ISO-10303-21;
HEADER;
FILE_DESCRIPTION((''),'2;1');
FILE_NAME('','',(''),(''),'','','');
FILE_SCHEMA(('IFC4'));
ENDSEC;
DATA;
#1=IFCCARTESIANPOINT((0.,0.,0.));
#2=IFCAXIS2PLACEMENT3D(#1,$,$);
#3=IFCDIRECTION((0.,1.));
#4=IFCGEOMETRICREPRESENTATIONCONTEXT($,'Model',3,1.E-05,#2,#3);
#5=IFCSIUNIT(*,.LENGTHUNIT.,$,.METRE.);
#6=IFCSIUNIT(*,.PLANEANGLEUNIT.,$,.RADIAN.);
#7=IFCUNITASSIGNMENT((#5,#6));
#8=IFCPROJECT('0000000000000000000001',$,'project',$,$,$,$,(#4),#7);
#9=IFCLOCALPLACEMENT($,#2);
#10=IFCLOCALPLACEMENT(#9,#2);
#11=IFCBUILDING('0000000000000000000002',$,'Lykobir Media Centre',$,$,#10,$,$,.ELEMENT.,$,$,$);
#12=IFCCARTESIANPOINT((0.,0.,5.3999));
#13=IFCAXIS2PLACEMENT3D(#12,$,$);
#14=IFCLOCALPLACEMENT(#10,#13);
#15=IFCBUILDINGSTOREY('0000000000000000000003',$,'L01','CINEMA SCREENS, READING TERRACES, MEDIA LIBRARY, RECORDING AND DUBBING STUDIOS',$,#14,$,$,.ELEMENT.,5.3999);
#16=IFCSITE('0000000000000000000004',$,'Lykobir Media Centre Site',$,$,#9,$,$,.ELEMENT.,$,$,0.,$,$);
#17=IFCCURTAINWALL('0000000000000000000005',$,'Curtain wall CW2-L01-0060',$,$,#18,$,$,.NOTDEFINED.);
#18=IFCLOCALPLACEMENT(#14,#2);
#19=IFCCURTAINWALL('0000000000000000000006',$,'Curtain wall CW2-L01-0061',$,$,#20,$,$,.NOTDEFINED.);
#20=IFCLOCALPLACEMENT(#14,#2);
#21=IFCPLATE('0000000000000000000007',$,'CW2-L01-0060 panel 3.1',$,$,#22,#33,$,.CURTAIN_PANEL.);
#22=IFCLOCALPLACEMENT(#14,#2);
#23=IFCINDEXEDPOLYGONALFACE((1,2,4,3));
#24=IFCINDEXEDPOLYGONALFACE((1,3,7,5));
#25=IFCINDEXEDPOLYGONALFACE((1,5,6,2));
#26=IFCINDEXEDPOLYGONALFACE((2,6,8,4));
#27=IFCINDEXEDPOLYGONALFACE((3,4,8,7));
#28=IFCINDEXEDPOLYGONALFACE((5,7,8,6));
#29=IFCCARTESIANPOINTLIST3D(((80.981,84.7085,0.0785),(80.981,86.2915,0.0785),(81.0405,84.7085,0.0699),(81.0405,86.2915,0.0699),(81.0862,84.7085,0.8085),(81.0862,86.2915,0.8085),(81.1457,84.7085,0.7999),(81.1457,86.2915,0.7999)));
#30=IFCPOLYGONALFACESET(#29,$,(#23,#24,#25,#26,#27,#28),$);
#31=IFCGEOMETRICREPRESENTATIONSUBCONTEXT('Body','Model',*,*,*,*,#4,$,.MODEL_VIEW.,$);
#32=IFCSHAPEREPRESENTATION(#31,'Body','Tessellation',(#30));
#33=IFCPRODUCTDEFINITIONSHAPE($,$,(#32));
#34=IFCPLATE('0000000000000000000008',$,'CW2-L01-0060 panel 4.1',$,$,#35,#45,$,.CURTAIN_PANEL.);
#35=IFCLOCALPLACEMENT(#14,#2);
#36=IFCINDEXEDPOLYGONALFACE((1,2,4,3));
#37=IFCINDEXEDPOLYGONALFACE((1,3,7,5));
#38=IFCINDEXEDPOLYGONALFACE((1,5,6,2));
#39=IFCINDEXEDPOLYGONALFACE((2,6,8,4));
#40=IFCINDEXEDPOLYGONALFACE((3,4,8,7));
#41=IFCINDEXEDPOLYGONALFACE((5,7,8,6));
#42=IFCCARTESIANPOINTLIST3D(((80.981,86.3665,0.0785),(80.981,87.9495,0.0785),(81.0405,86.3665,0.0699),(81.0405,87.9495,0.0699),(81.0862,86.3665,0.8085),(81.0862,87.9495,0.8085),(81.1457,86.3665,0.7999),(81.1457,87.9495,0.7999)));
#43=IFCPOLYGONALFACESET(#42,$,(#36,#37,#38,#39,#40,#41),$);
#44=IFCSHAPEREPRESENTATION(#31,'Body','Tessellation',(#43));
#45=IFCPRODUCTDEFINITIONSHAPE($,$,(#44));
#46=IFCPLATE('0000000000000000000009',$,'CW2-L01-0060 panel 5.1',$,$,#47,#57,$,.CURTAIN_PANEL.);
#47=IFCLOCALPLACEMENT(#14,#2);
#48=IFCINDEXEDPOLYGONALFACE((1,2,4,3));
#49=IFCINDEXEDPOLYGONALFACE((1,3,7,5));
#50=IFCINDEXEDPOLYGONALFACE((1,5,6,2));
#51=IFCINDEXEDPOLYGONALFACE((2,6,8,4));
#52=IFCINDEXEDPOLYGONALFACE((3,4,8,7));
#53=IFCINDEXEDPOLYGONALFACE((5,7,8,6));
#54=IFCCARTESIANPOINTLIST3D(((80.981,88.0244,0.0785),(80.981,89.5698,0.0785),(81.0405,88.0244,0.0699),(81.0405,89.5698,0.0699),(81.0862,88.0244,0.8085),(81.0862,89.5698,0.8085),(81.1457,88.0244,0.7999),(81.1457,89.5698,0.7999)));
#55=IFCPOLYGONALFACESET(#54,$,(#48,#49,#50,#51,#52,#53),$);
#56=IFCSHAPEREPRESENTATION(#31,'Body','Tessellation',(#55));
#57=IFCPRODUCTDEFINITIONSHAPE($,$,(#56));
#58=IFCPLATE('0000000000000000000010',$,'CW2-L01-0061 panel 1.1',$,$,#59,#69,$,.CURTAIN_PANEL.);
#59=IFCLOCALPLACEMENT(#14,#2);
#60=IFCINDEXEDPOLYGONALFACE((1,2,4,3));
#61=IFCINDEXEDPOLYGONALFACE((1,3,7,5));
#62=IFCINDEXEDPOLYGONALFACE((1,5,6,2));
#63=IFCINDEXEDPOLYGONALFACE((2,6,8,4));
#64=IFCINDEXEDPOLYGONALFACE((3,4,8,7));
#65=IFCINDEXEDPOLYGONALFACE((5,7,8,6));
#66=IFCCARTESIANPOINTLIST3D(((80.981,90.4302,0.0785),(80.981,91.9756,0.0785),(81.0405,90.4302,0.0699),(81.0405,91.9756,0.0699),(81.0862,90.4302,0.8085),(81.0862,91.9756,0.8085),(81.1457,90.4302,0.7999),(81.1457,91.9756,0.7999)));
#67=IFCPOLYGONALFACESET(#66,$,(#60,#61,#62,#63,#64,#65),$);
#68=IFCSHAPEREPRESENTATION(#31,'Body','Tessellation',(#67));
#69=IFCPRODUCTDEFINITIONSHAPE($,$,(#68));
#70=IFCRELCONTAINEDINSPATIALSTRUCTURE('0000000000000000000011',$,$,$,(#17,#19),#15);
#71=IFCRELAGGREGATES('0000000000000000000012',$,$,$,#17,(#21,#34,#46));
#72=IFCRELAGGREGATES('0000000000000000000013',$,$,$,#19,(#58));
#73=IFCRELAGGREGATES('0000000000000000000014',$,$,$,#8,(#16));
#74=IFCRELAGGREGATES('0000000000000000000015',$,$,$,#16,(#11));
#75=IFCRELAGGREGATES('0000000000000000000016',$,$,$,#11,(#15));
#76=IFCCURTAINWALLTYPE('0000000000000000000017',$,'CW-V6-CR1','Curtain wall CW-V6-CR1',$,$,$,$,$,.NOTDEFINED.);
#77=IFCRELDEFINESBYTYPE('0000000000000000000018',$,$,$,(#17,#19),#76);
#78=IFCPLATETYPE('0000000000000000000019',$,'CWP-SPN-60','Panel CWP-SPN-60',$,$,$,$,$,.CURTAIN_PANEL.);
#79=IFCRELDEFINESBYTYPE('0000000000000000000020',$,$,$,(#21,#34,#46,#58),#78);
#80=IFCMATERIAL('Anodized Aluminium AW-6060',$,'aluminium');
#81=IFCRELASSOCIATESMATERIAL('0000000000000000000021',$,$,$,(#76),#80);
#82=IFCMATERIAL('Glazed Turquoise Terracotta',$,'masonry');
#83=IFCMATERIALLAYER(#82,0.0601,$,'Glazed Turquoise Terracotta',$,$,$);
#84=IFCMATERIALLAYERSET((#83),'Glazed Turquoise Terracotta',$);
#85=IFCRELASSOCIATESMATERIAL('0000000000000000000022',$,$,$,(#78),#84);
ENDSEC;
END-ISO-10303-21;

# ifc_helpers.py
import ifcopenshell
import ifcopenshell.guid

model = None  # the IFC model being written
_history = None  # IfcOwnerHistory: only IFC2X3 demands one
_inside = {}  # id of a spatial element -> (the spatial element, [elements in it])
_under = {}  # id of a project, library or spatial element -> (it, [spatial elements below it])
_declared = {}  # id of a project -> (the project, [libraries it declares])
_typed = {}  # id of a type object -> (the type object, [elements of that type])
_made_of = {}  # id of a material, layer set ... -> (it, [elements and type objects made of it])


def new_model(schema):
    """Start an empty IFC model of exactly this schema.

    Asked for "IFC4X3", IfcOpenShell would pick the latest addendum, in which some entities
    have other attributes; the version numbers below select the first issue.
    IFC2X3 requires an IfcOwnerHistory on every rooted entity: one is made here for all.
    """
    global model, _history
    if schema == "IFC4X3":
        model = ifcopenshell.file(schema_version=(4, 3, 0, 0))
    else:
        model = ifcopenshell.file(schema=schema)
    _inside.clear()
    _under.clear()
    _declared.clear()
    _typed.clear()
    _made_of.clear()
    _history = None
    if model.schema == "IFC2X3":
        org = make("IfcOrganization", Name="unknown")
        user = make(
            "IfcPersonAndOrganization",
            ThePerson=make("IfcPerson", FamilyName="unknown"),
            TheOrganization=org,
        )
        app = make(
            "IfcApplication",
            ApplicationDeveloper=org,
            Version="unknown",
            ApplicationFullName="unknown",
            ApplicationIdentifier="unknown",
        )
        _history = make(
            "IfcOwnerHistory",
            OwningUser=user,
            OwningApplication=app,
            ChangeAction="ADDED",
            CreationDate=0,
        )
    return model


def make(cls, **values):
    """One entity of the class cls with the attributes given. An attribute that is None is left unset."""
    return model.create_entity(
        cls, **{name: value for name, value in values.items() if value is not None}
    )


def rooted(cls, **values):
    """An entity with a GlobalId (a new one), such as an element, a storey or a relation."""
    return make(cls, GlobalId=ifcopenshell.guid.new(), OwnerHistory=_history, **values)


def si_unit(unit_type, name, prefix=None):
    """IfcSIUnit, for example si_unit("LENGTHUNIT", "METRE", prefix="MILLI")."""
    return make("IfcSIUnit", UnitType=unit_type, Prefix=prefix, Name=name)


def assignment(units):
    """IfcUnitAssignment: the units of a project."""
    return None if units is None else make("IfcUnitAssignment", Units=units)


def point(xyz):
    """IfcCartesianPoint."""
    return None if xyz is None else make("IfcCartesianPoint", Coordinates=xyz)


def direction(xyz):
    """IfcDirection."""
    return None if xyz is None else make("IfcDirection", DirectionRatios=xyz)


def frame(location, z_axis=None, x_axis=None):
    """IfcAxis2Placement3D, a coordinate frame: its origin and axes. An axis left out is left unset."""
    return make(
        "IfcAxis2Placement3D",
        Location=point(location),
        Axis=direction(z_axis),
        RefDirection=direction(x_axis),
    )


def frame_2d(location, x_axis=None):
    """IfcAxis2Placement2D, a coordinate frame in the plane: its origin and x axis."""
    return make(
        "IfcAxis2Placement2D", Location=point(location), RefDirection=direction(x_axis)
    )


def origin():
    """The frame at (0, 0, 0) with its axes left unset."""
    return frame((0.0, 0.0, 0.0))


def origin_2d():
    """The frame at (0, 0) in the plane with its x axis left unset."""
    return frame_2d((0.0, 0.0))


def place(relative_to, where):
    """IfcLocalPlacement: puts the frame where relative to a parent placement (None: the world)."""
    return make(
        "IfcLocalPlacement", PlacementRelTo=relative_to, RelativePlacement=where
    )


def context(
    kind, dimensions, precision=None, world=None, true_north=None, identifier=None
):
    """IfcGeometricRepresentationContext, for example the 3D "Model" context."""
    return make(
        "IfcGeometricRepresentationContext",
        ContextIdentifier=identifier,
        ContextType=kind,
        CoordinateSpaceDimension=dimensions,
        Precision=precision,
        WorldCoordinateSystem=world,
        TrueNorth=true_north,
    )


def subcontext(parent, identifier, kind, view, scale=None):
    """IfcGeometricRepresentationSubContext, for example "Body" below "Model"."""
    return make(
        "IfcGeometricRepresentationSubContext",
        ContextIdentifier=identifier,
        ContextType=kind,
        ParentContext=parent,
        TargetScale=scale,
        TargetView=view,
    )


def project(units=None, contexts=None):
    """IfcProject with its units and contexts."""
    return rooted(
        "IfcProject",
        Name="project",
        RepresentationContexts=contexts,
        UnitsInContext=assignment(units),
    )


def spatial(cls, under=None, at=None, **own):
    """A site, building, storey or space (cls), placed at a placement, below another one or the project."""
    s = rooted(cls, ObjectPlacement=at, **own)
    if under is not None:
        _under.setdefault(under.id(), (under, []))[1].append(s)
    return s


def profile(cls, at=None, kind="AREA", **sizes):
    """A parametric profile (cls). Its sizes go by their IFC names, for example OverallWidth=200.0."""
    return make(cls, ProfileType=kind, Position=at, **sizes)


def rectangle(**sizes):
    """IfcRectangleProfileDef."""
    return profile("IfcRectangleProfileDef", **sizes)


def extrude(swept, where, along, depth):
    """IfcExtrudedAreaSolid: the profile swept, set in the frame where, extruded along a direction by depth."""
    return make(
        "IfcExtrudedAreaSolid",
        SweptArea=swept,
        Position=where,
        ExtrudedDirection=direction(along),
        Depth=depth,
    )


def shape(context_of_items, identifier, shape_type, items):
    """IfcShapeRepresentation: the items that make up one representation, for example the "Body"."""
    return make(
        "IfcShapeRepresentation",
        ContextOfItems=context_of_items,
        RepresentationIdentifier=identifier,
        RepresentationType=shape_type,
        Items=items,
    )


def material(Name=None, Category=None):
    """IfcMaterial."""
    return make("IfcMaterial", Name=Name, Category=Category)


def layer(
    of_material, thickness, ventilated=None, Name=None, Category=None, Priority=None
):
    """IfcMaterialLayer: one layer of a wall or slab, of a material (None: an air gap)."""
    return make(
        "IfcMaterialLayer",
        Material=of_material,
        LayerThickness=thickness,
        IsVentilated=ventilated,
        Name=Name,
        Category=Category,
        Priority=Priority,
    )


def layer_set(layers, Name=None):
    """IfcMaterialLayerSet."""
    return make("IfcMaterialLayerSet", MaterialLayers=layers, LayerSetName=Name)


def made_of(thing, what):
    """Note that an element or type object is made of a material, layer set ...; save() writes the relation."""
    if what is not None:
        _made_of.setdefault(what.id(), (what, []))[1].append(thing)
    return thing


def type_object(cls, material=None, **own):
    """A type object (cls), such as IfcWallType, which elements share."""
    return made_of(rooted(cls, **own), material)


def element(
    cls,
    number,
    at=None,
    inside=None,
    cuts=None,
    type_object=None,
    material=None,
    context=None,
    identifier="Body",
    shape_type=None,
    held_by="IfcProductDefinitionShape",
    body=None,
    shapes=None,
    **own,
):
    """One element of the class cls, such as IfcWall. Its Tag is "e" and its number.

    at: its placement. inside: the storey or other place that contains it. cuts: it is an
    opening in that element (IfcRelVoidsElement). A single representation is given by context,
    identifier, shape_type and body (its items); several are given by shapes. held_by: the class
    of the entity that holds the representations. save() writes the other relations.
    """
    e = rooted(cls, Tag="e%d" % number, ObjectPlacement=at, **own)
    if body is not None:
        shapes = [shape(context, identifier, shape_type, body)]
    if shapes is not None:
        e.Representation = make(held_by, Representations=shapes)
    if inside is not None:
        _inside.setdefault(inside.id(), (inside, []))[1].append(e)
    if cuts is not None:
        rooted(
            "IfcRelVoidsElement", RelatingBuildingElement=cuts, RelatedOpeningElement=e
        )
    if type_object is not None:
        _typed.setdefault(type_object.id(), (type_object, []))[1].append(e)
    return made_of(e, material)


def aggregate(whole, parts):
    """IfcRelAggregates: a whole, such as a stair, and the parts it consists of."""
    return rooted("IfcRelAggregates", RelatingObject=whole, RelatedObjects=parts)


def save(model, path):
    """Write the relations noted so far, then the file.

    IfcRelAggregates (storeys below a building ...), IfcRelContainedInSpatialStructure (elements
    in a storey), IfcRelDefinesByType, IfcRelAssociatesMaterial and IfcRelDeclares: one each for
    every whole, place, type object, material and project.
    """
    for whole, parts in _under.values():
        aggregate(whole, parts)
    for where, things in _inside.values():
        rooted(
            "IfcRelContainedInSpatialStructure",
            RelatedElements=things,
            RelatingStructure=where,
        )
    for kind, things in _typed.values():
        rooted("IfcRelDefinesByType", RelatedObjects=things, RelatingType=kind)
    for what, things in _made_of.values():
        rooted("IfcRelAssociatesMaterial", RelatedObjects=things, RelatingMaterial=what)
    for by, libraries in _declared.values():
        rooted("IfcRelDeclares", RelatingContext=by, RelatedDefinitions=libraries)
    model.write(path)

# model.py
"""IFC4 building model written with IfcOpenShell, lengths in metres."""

from ifc_helpers import new_model, si_unit, direction, frame, origin, origin_2d, place, context, subcontext, project, spatial, rectangle, extrude, material, layer, layer_set, type_object, element, aggregate, save


model = new_model("IFC4")

# Units and contexts
model_context = context("Model", 3, precision=1e-05, world=origin(), true_north=direction((0.0, 1.0)))
body_context = subcontext(model_context, "Body", "Model", "MODEL_VIEW")
ifc_project = project(units=[si_unit("LENGTHUNIT", "METRE"), si_unit("PLANEANGLEUNIT", "RADIAN")], contexts=[model_context])

# Site, building, storey
site_placement = place(None, origin())
site = spatial("IfcSite", under=ifc_project, at=site_placement, Name="Lykobir Media Centre Site", CompositionType="ELEMENT", RefElevation=0.0)
building_placement = place(site_placement, origin())
building = spatial("IfcBuilding", under=site, at=building_placement, Name="Lykobir Media Centre", CompositionType="ELEMENT")
storey_placement = place(building_placement, frame((0.0, 0.0, 5.3999)))
storey = spatial("IfcBuildingStorey", under=building, at=storey_placement, Name="L01", Description="CINEMA SCREENS, READING TERRACES, MEDIA LIBRARY, RECORDING AND DUBBING STUDIOS", CompositionType="ELEMENT", Elevation=5.3999)

# Curtain walls
ifc_material_1 = material(Name="Anodized Aluminium AW-6060", Category="aluminium")
curtain_wall_type = type_object("IfcCurtainWallType", Name="CW-V6-CR1", Description="Curtain wall CW-V6-CR1", PredefinedType="NOTDEFINED", material=ifc_material_1)
curtain_wall_1_placement = place(storey_placement, origin())
curtain_wall_1 = element("IfcCurtainWall", 1, at=curtain_wall_1_placement, inside=storey, type_object=curtain_wall_type, Name="Curtain wall CW2-L01-0060", PredefinedType="NOTDEFINED")
curtain_wall_2_placement = place(storey_placement, origin())
curtain_wall_2 = element("IfcCurtainWall", 2, at=curtain_wall_2_placement, inside=storey, type_object=curtain_wall_type, Name="Curtain wall CW2-L01-0061", PredefinedType="NOTDEFINED")

# Plates
ifc_material_2 = material(Name="Glazed Turquoise Terracotta", Category="masonry")
ifc_layer = layer(ifc_material_2, 0.0601, Name="Glazed Turquoise Terracotta")
ifc_layer_set = layer_set([ifc_layer], Name="Glazed Turquoise Terracotta")
plate_type = type_object("IfcPlateType", Name="CWP-SPN-60", Description="Panel CWP-SPN-60", PredefinedType="CURTAIN_PANEL", material=ifc_layer_set)
plate_1_placement = place(storey_placement, frame((81.0107, 85.5, 0.0742), z_axis=(0.142629, 0.0, 0.989776), x_axis=(0.0, 1.0, 0.0)))
plate_1 = element("IfcPlate", 3, at=plate_1_placement, type_object=plate_type, Name="CW2-L01-0060 panel 3.1", PredefinedType="CURTAIN_PANEL", context=body_context, shape_type="SweptSolid", body=[
    extrude(rectangle(XDim=1.583, YDim=0.0601, at=origin_2d()), origin(), (0.0, 0.0, 1.0), 0.7375),
])
plate_2_placement = place(storey_placement, frame((81.0107, 87.158, 0.0742), z_axis=(0.142629, 0.0, 0.989776), x_axis=(0.0, 1.0, 0.0)))
plate_2 = element("IfcPlate", 4, at=plate_2_placement, type_object=plate_type, Name="CW2-L01-0060 panel 4.1", PredefinedType="CURTAIN_PANEL", context=body_context, shape_type="SweptSolid", body=[
    extrude(rectangle(XDim=1.583, YDim=0.0601, at=origin_2d()), origin(), (0.0, 0.0, 1.0), 0.7375),
])
plate_3_placement = place(storey_placement, frame((81.0107, 88.7971, 0.0742), z_axis=(0.142629, 0.0, 0.989776), x_axis=(0.0, 1.0, 0.0)))
plate_3 = element("IfcPlate", 5, at=plate_3_placement, type_object=plate_type, Name="CW2-L01-0060 panel 5.1", PredefinedType="CURTAIN_PANEL", context=body_context, shape_type="SweptSolid", body=[
    extrude(rectangle(XDim=1.5454, YDim=0.0601, at=origin_2d()), origin(), (0.0, 0.0, 1.0), 0.7375),
])
aggregate(curtain_wall_1, [plate_1, plate_2, plate_3])
plate_4_placement = place(storey_placement, frame((81.0107, 91.2029, 0.0742), z_axis=(0.142629, 0.0, 0.989776), x_axis=(0.0, 1.0, 0.0)))
plate_4 = element("IfcPlate", 6, at=plate_4_placement, type_object=plate_type, Name="CW2-L01-0061 panel 1.1", PredefinedType="CURTAIN_PANEL", context=body_context, shape_type="SweptSolid", body=[
    extrude(rectangle(XDim=1.5454, YDim=0.0601, at=origin_2d()), origin(), (0.0, 0.0, 1.0), 0.7375),
])
aggregate(curtain_wall_2, [plate_4])

save(model, "model.ifc")
